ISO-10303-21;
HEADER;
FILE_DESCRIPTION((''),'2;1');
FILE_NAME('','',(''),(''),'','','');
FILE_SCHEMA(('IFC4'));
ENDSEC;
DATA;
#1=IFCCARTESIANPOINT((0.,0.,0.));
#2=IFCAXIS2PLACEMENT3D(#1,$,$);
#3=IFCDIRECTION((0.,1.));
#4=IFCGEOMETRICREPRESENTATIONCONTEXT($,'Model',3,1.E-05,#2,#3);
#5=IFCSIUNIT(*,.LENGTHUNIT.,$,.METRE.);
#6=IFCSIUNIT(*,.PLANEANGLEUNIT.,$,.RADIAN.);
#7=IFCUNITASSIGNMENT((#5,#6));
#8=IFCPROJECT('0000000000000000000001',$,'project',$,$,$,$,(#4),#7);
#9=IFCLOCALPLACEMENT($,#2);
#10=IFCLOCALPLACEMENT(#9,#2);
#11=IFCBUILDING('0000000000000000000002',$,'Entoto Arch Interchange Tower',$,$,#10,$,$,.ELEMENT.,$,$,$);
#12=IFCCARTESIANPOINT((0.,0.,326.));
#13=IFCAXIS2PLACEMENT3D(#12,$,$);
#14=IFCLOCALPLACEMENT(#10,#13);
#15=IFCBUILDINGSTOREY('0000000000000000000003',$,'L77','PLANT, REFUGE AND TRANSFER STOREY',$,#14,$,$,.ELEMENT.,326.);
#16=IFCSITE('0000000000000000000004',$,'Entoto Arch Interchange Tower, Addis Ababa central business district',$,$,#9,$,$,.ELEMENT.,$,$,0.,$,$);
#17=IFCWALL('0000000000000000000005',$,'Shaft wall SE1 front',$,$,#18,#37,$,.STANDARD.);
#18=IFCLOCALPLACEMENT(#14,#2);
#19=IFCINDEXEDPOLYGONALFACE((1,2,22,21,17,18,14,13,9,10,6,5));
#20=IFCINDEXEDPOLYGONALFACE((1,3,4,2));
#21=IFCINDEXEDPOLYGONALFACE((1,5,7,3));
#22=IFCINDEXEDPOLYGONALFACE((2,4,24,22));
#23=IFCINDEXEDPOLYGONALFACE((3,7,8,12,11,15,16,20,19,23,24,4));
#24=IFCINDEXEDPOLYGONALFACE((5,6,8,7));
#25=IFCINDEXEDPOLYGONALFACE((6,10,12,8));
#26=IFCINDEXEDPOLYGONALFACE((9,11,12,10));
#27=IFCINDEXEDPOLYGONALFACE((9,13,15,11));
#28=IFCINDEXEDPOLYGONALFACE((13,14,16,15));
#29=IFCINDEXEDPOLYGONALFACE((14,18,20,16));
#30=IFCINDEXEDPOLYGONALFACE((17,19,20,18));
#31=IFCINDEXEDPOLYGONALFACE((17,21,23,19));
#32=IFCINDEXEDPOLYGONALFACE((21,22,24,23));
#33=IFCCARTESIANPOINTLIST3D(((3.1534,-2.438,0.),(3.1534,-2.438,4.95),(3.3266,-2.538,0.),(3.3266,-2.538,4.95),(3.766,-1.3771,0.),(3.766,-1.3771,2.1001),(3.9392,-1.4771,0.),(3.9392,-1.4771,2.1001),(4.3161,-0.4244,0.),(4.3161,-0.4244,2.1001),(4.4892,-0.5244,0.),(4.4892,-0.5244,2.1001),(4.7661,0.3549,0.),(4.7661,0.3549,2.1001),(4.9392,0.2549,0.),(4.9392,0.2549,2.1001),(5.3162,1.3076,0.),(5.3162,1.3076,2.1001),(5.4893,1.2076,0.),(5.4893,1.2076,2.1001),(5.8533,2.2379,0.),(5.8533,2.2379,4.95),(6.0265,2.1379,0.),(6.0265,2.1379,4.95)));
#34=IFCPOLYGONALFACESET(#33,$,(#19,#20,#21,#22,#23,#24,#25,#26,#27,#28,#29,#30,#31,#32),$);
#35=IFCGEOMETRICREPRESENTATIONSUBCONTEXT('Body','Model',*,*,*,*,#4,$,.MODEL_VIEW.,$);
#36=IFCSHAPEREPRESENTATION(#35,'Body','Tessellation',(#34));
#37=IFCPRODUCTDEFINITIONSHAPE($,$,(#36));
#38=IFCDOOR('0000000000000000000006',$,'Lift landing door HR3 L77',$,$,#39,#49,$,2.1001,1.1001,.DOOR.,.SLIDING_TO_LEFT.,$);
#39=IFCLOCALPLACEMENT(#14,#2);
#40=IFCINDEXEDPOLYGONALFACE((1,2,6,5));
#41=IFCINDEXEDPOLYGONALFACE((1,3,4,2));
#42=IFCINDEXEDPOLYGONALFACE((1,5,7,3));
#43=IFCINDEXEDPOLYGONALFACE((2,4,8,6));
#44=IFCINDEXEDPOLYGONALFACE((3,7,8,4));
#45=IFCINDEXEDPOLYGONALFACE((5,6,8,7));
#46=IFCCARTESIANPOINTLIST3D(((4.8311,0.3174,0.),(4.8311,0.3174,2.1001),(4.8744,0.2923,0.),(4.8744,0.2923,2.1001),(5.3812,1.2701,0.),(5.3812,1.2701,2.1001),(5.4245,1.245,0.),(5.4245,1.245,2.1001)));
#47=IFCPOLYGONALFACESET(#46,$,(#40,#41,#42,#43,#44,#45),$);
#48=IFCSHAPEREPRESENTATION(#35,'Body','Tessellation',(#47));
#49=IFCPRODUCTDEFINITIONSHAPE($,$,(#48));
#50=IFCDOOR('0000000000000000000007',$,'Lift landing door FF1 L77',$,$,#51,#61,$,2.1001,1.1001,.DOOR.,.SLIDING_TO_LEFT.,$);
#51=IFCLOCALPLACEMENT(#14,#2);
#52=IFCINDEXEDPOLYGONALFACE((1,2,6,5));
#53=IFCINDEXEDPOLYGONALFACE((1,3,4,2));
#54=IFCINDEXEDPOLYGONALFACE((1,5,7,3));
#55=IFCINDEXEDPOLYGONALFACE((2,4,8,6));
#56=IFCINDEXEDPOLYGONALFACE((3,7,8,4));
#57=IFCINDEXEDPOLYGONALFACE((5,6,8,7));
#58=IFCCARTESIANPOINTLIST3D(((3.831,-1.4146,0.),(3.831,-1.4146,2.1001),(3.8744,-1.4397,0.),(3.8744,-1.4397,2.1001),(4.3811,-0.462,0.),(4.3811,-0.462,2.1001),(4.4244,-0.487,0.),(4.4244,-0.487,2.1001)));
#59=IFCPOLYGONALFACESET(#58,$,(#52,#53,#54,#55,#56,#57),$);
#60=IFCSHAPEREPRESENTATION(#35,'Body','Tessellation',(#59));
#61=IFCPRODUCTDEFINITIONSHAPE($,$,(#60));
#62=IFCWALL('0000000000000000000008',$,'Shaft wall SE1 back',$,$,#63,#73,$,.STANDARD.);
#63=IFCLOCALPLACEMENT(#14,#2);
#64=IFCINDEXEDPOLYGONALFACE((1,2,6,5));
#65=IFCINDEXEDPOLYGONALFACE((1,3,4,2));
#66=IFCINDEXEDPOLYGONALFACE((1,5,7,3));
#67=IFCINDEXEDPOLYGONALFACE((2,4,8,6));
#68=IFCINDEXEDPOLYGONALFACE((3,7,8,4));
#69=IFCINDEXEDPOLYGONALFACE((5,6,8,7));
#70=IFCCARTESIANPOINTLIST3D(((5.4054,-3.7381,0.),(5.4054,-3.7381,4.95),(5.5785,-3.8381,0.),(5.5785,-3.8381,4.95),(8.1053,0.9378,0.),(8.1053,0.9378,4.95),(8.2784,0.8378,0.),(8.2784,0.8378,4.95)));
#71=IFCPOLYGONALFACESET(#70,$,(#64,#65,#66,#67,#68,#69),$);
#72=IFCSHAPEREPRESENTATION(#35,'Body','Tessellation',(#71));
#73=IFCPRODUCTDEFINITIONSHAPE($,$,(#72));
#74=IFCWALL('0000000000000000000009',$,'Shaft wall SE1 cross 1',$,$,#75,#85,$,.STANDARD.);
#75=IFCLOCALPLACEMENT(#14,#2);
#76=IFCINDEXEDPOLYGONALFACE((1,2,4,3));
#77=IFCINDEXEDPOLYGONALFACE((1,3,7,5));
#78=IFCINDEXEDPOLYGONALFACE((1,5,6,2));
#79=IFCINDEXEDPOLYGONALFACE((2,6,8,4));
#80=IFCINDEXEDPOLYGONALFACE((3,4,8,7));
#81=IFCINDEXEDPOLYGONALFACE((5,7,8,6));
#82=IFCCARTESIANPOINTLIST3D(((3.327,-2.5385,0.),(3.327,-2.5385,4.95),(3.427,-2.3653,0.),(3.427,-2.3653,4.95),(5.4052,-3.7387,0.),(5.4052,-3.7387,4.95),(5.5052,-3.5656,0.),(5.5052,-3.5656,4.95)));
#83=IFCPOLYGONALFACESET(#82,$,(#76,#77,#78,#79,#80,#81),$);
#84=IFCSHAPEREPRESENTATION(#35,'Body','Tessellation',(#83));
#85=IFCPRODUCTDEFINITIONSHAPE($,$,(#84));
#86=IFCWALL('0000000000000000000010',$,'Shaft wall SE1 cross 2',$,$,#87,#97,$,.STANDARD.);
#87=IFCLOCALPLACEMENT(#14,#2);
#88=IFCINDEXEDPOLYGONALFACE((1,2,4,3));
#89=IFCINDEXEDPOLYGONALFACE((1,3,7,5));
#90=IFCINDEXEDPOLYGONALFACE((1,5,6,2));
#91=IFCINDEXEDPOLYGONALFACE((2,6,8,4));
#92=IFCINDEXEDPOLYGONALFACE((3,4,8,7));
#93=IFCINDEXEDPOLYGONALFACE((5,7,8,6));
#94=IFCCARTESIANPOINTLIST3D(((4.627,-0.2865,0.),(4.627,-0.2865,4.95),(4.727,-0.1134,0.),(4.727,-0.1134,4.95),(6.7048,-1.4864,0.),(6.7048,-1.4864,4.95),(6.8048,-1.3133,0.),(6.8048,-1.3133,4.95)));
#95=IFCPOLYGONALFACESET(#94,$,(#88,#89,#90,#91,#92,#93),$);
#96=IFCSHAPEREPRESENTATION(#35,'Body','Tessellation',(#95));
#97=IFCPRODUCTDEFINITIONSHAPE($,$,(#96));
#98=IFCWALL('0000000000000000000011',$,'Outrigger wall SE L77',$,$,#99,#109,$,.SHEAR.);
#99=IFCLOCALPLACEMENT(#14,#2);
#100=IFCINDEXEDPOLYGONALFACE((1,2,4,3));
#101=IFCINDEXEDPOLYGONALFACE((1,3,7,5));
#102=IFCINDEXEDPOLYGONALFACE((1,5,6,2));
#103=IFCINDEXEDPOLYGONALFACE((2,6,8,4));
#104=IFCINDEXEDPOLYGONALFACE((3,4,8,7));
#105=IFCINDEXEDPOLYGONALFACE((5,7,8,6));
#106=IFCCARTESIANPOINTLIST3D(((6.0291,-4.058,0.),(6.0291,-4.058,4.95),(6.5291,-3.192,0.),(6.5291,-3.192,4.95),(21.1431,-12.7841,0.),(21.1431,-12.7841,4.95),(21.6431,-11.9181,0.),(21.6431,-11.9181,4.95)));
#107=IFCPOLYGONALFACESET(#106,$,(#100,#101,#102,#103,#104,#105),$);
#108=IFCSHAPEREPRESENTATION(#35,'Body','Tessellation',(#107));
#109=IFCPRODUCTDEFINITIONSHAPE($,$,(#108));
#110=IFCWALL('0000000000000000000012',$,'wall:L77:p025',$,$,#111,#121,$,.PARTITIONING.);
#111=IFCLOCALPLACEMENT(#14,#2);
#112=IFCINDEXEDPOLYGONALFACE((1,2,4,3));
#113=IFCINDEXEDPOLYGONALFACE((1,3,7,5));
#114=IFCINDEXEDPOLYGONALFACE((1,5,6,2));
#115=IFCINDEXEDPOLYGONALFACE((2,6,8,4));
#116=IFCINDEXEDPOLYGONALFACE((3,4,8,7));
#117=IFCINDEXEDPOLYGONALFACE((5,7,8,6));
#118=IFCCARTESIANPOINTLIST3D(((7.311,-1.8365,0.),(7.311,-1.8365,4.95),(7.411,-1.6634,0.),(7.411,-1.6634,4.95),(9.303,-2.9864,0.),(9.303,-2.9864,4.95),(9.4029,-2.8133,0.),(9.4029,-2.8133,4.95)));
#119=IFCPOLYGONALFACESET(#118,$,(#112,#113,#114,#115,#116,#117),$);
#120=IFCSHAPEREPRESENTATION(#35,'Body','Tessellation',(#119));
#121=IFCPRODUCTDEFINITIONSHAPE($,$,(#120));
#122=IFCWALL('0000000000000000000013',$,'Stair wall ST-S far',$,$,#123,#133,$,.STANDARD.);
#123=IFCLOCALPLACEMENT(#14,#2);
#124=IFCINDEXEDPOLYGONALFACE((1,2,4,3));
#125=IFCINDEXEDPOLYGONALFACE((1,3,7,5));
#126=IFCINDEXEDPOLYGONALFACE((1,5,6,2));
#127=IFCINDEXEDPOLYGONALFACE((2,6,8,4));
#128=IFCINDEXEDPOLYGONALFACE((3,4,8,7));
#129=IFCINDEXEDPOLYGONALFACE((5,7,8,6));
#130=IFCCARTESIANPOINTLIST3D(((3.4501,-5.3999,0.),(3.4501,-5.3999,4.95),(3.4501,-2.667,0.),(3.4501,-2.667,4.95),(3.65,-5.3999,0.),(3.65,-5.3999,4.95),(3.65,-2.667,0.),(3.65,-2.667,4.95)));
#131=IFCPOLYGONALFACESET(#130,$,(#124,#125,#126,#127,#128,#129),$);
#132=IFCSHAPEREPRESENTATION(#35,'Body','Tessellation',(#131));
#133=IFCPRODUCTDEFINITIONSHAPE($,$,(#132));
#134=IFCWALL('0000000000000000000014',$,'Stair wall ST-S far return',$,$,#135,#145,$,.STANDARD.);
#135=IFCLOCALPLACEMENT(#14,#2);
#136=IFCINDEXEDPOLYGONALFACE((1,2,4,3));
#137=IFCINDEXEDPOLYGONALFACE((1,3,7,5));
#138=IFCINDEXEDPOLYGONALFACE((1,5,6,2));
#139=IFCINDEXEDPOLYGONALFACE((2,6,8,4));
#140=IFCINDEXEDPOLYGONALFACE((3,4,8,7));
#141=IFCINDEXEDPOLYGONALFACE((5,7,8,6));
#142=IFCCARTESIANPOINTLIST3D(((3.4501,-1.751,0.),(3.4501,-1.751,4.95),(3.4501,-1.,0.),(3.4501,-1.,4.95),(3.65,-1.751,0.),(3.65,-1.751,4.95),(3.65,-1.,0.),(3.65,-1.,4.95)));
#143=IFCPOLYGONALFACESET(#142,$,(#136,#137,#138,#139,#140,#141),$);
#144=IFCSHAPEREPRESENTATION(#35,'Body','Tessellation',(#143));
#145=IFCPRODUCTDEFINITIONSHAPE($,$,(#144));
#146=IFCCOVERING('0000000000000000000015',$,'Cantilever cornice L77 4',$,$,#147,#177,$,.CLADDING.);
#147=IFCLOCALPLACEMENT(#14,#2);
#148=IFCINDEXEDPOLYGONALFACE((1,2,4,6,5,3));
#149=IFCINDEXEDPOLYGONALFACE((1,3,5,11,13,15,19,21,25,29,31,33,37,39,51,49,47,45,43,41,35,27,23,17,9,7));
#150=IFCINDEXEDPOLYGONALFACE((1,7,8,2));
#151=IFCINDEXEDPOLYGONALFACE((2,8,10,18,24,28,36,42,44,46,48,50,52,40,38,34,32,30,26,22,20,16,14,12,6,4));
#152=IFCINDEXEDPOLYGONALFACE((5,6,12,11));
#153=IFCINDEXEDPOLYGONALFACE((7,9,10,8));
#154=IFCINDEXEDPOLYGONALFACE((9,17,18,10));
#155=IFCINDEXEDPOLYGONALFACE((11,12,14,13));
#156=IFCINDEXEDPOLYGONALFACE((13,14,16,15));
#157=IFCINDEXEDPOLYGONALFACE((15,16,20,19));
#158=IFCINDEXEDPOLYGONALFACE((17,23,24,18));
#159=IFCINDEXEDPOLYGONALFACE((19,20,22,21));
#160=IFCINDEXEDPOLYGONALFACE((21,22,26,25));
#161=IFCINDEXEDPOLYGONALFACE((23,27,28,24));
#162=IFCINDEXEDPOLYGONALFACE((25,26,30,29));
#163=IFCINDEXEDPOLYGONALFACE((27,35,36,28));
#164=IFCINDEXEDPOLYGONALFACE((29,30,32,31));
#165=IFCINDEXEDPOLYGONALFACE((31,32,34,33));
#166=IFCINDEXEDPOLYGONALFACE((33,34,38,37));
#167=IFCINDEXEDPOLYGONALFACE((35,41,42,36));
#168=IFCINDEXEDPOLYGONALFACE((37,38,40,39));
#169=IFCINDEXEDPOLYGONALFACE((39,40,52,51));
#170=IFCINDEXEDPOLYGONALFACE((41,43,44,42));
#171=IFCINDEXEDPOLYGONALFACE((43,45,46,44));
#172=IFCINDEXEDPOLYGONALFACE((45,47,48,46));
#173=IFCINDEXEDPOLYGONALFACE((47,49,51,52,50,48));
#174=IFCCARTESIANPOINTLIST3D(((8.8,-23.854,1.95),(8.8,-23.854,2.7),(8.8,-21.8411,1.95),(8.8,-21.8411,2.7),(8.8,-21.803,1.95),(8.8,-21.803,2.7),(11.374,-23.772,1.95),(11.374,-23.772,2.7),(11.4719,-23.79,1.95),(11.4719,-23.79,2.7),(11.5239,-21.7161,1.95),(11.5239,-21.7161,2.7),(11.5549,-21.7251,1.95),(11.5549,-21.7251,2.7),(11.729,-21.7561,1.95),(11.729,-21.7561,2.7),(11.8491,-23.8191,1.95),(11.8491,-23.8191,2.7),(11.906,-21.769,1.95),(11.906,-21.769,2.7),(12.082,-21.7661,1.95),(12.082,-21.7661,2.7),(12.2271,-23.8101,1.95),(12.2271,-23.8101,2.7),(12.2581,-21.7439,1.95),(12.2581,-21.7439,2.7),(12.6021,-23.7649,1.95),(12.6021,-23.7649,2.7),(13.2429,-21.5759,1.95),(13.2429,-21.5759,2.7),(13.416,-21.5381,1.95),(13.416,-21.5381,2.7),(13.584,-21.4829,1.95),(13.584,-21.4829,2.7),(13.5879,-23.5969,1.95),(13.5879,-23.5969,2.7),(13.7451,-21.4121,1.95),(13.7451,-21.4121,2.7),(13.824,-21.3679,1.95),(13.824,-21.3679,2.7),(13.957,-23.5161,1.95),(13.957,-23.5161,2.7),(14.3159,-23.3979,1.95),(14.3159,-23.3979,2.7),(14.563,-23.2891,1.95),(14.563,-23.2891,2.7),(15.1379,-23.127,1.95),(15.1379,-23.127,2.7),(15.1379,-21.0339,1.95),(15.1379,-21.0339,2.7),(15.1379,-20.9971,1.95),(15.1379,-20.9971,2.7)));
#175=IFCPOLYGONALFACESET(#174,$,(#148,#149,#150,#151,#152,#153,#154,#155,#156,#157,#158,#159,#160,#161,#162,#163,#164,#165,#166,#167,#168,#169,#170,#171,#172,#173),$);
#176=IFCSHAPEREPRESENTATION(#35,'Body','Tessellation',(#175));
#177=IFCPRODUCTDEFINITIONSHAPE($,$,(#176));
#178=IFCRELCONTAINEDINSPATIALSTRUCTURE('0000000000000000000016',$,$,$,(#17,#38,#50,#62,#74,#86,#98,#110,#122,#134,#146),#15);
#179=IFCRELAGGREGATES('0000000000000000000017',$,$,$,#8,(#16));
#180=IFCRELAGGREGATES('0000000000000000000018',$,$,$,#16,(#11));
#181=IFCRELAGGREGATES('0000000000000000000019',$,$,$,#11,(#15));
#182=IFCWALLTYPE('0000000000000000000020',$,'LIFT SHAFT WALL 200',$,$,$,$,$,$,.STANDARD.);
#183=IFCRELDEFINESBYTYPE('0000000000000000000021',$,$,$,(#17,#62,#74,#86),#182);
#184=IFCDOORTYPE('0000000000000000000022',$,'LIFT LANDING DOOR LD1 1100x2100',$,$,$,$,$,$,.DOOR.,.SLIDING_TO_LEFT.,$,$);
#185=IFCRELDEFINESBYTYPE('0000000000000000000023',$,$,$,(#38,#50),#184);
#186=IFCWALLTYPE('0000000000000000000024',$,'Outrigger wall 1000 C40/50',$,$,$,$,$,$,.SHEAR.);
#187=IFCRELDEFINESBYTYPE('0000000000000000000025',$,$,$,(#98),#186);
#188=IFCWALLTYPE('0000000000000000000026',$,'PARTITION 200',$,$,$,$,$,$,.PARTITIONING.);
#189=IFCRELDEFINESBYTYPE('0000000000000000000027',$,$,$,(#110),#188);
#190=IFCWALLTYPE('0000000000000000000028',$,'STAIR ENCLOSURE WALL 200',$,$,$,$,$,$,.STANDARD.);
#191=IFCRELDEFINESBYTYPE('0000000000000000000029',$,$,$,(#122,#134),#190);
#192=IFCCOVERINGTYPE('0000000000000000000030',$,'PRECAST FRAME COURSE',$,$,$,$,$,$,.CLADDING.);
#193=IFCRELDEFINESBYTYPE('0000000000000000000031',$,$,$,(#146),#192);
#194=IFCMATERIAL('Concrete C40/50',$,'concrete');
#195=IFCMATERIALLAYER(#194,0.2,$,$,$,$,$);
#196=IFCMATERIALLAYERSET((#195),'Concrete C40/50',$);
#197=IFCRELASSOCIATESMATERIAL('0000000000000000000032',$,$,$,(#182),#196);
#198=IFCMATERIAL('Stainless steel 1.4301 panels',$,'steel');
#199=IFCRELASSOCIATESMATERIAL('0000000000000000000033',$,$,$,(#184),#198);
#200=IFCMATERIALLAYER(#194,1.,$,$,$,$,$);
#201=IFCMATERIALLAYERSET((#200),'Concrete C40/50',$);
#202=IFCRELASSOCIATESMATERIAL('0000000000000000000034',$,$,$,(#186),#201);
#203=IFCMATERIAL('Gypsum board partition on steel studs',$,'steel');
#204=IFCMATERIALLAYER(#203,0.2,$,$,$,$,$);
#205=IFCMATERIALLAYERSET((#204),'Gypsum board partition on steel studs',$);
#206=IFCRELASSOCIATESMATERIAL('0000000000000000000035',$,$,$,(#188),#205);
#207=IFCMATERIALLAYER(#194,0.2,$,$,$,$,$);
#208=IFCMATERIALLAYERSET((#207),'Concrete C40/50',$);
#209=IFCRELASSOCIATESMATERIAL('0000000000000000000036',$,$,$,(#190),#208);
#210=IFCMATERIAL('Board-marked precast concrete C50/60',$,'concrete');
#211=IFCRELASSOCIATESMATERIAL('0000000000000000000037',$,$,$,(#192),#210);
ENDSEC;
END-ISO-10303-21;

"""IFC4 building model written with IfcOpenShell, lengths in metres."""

from ifc_helpers import new_model, si_unit, direction, frame, frame_2d, origin, place, context, subcontext, project, spatial, polyline, rectangle, outline, extrude, material, layer, layer_set, type_object, element, fill, save


model = new_model("IFC4")

# Units and contexts
model_context = context("Model", 3, precision=1e-05, world=origin(), true_north=direction((0.0, 1.0)))
body_context = subcontext(model_context, "Body", "Model", "MODEL_VIEW")
ifc_project = project(units=[si_unit("LENGTHUNIT", "METRE"), si_unit("PLANEANGLEUNIT", "RADIAN")], contexts=[model_context])

# Site, building, storey
site_placement = place(None, origin())
site = spatial("IfcSite", under=ifc_project, at=site_placement, Name="Entoto Arch Interchange Tower, Addis Ababa central business district", CompositionType="ELEMENT", RefElevation=0.0)
building_placement = place(site_placement, origin())
building = spatial("IfcBuilding", under=site, at=building_placement, Name="Entoto Arch Interchange Tower", CompositionType="ELEMENT")
storey_placement = place(building_placement, frame((0.0, 0.0, 326.0)))
storey = spatial("IfcBuildingStorey", under=building, at=storey_placement, Name="L77", Description="PLANT, REFUGE AND TRANSFER STOREY", CompositionType="ELEMENT", Elevation=326.0)

# Wall, openings, doors
ifc_material_1 = material(Name="Concrete C40/50", Category="concrete")
ifc_layer_1 = layer(ifc_material_1, 0.2)
ifc_layer_set_1 = layer_set([ifc_layer_1], Name="Concrete C40/50")
wall_type_1 = type_object("IfcWallType", Name="LIFT SHAFT WALL 200", PredefinedType="STANDARD", material=ifc_layer_set_1)
wall_1_placement = place(storey_placement, frame((3.24, -2.488, 0.0), z_axis=(0.0, 0.0, 1.0), x_axis=(0.500034, 0.866006, 0.0)))
wall_1 = element("IfcWall", 1, at=wall_1_placement, inside=storey, type_object=wall_type_1, Name="Shaft wall SE1 front", PredefinedType="STANDARD", context=body_context, shape_type="SweptSolid", body=[
    extrude(rectangle(XDim=5.3994, YDim=0.2, at=frame_2d((2.6997, 0.0))), origin(), (0.0, 0.0, 1.0), 4.95),
])
opening_1_placement = place(wall_1_placement, frame((3.2251, 0.0, 0.0)))
opening_1 = element("IfcOpeningElement", 2, at=opening_1_placement, cuts=wall_1, PredefinedType="OPENING", context=body_context, shape_type="SweptSolid", body=[
    extrude(rectangle(XDim=1.1001, YDim=2.1001, at=frame_2d((0.55, 1.05))), frame((0.0, 0.1099, 0.0), z_axis=(0.0, -1.0, 0.0), x_axis=(1.0, 0.0, 0.0)), (0.0, 0.0, 1.0), 0.22),
])
opening_2_placement = place(wall_1_placement, frame((1.2251, 0.0, 0.0)))
opening_2 = element("IfcOpeningElement", 3, at=opening_2_placement, cuts=wall_1, PredefinedType="OPENING", context=body_context, shape_type="SweptSolid", body=[
    extrude(rectangle(XDim=1.1001, YDim=2.1001, at=frame_2d((0.55, 1.05))), frame((0.0, 0.1099, 0.0), z_axis=(0.0, -1.0, 0.0), x_axis=(1.0, 0.0, 0.0)), (0.0, 0.0, 1.0), 0.22),
])
ifc_material_2 = material(Name="Stainless steel 1.4301 panels", Category="steel")
door_type = type_object("IfcDoorType", Name="LIFT LANDING DOOR LD1 1100x2100", OperationType="SLIDING_TO_LEFT", PredefinedType="DOOR", material=ifc_material_2)
door_1_placement = place(opening_1_placement, origin())
door_1 = element("IfcDoor", 4, at=door_1_placement, inside=storey, type_object=door_type, Name="Lift landing door HR3 L77", OperationType="SLIDING_TO_LEFT", OverallHeight=2.1001, OverallWidth=1.1001, PredefinedType="DOOR", context=body_context, shape_type="SweptSolid", body=[
    extrude(rectangle(XDim=1.1001, YDim=2.1001, at=frame_2d((0.55, 1.05))), frame((0.0, 0.0249, 0.0), z_axis=(0.0, -1.0, 0.0), x_axis=(1.0, 0.0, 0.0)), (0.0, 0.0, 1.0), 0.05),
])
fill(opening_1, door_1)
door_2_placement = place(opening_2_placement, origin())
door_2 = element("IfcDoor", 5, at=door_2_placement, inside=storey, type_object=door_type, Name="Lift landing door FF1 L77", OperationType="SLIDING_TO_LEFT", OverallHeight=2.1001, OverallWidth=1.1001, PredefinedType="DOOR", context=body_context, shape_type="SweptSolid", body=[
    extrude(rectangle(XDim=1.1001, YDim=2.1001, at=frame_2d((0.55, 1.05))), frame((0.0, 0.0249, 0.0), z_axis=(0.0, -1.0, 0.0), x_axis=(1.0, 0.0, 0.0)), (0.0, 0.0, 1.0), 0.05),
])
fill(opening_2, door_2)

# Walls
wall_2_placement = place(storey_placement, frame((5.4919, -3.7881, 0.0), z_axis=(0.0, 0.0, 1.0), x_axis=(0.500034, 0.866006, 0.0)))
element("IfcWall", 6, at=wall_2_placement, inside=storey, type_object=wall_type_1, Name="Shaft wall SE1 back", PredefinedType="STANDARD", context=body_context, shape_type="SweptSolid", body=[
    extrude(rectangle(XDim=5.3994, YDim=0.2, at=frame_2d((2.6997, 0.0))), origin(), (0.0, 0.0, 1.0), 4.95),
])
wall_3_placement = place(storey_placement, frame((3.377, -2.4519, 0.0), z_axis=(0.0, 0.0, 1.0), x_axis=(0.865955, -0.500122, 0.0)))
element("IfcWall", 7, at=wall_3_placement, inside=storey, type_object=wall_type_1, Name="Shaft wall SE1 cross 1", PredefinedType="STANDARD", context=body_context, shape_type="SweptSolid", body=[
    extrude(rectangle(XDim=2.3999, YDim=0.2, at=frame_2d((1.2, 0.0))), origin(), (0.0, 0.0, 1.0), 4.95),
])
wall_4_placement = place(storey_placement, frame((4.677, -0.2, 0.0), z_axis=(0.0, 0.0, 1.0), x_axis=(0.865974, -0.500089, 0.0)))
element("IfcWall", 8, at=wall_4_placement, inside=storey, type_object=wall_type_1, Name="Shaft wall SE1 cross 2", PredefinedType="STANDARD", context=body_context, shape_type="SweptSolid", body=[
    extrude(rectangle(XDim=2.3994, YDim=0.2, at=frame_2d((1.1997, 0.0))), origin(), (0.0, 0.0, 1.0), 4.95),
])
ifc_layer_2 = layer(ifc_material_1, 1.0)
ifc_layer_set_2 = layer_set([ifc_layer_2], Name="Concrete C40/50")
wall_type_2 = type_object("IfcWallType", Name="Outrigger wall 1000 C40/50", PredefinedType="SHEAR", material=ifc_layer_set_2)
wall_5_placement = place(storey_placement, frame((6.2791, -3.625, 0.0), z_axis=(0.0, 0.0, 1.0), x_axis=(0.866026, -0.5, 0.0)))
element("IfcWall", 9, at=wall_5_placement, inside=storey, type_object=wall_type_2, Name="Outrigger wall SE L77", PredefinedType="SHEAR", context=body_context, shape_type="SweptSolid", body=[
    extrude(rectangle(XDim=17.4521, YDim=1.0, at=frame_2d((8.7261, 0.0))), origin(), (0.0, 0.0, 1.0), 4.95),
])
ifc_material_3 = material(Name="Gypsum board partition on steel studs", Category="steel")
ifc_layer_3 = layer(ifc_material_3, 0.2)
ifc_layer_set_3 = layer_set([ifc_layer_3], Name="Gypsum board partition on steel studs")
wall_type_3 = type_object("IfcWallType", Name="PARTITION 200", PredefinedType="PARTITIONING", material=ifc_layer_set_3)
wall_6_placement = place(storey_placement, frame((7.3611, -1.75, 0.0), z_axis=(0.0, 0.0, 1.0), x_axis=(0.866053, -0.499952, 0.0)))
element("IfcWall", 10, at=wall_6_placement, inside=storey, type_object=wall_type_3, Name="wall:L77:p025", PredefinedType="PARTITIONING", context=body_context, shape_type="SweptSolid", body=[
    extrude(rectangle(XDim=2.3, YDim=0.2, at=frame_2d((1.1499, 0.0))), origin(), (0.0, 0.0, 1.0), 4.95),
])
ifc_layer_4 = layer(ifc_material_1, 0.2)
ifc_layer_set_4 = layer_set([ifc_layer_4], Name="Concrete C40/50")
wall_type_4 = type_object("IfcWallType", Name="STAIR ENCLOSURE WALL 200", PredefinedType="STANDARD", material=ifc_layer_set_4)
wall_7_placement = place(storey_placement, frame((3.55, -2.667, 0.0), z_axis=(0.0, 0.0, 1.0), x_axis=(0.0, -1.0, 0.0)))
element("IfcWall", 11, at=wall_7_placement, inside=storey, type_object=wall_type_4, Name="Stair wall ST-S far", PredefinedType="STANDARD", context=body_context, shape_type="SweptSolid", body=[
    extrude(rectangle(XDim=2.7329, YDim=0.2, at=frame_2d((1.3665, 0.0))), origin(), (0.0, 0.0, 1.0), 4.95),
])
wall_8_placement = place(storey_placement, frame((3.55, -1.0, 0.0), z_axis=(0.0, 0.0, 1.0), x_axis=(0.0, -1.0, 0.0)))
element("IfcWall", 12, at=wall_8_placement, inside=storey, type_object=wall_type_4, Name="Stair wall ST-S far return", PredefinedType="STANDARD", context=body_context, shape_type="SweptSolid", body=[
    extrude(rectangle(XDim=0.751, YDim=0.2, at=frame_2d((0.3755, 0.0))), origin(), (0.0, 0.0, 1.0), 4.95),
])

# Covering
ifc_material_4 = material(Name="Board-marked precast concrete C50/60", Category="concrete")
covering_type = type_object("IfcCoveringType", Name="PRECAST FRAME COURSE", PredefinedType="CLADDING", material=ifc_material_4)
covering_1_placement = place(storey_placement, frame((0.0, 0.0, 1.95)))
element("IfcCovering", 13, at=covering_1_placement, inside=storey, type_object=covering_type, Name="Cantilever cornice L77 4", PredefinedType="CLADDING", context=body_context, shape_type="SweptSolid", body=[
    extrude(outline(polyline([(8.8, -21.803), (11.5239, -21.7161), (11.5549, -21.7251), (11.729, -21.7561), (11.906, -21.769), (12.082, -21.7661), (12.2581, -21.7439), (13.2429, -21.5759), (13.416, -21.5381), (13.584, -21.4829), (13.7451, -21.4121), (13.824, -21.3679), (15.1379, -20.9971), (15.1379, -21.0339), (15.1379, -23.127), (14.563, -23.2891), (14.3159, -23.3979), (13.957, -23.5161), (13.5879, -23.5969), (12.6021, -23.7649), (12.2271, -23.8101), (11.8491, -23.8191), (11.4719, -23.79), (11.374, -23.772), (8.8, -23.854), (8.8, -21.8411), (8.8, -21.803)])), origin(), (0.0, 0.0, 1.0), 0.75),
])

save(model, "model.ifc")
